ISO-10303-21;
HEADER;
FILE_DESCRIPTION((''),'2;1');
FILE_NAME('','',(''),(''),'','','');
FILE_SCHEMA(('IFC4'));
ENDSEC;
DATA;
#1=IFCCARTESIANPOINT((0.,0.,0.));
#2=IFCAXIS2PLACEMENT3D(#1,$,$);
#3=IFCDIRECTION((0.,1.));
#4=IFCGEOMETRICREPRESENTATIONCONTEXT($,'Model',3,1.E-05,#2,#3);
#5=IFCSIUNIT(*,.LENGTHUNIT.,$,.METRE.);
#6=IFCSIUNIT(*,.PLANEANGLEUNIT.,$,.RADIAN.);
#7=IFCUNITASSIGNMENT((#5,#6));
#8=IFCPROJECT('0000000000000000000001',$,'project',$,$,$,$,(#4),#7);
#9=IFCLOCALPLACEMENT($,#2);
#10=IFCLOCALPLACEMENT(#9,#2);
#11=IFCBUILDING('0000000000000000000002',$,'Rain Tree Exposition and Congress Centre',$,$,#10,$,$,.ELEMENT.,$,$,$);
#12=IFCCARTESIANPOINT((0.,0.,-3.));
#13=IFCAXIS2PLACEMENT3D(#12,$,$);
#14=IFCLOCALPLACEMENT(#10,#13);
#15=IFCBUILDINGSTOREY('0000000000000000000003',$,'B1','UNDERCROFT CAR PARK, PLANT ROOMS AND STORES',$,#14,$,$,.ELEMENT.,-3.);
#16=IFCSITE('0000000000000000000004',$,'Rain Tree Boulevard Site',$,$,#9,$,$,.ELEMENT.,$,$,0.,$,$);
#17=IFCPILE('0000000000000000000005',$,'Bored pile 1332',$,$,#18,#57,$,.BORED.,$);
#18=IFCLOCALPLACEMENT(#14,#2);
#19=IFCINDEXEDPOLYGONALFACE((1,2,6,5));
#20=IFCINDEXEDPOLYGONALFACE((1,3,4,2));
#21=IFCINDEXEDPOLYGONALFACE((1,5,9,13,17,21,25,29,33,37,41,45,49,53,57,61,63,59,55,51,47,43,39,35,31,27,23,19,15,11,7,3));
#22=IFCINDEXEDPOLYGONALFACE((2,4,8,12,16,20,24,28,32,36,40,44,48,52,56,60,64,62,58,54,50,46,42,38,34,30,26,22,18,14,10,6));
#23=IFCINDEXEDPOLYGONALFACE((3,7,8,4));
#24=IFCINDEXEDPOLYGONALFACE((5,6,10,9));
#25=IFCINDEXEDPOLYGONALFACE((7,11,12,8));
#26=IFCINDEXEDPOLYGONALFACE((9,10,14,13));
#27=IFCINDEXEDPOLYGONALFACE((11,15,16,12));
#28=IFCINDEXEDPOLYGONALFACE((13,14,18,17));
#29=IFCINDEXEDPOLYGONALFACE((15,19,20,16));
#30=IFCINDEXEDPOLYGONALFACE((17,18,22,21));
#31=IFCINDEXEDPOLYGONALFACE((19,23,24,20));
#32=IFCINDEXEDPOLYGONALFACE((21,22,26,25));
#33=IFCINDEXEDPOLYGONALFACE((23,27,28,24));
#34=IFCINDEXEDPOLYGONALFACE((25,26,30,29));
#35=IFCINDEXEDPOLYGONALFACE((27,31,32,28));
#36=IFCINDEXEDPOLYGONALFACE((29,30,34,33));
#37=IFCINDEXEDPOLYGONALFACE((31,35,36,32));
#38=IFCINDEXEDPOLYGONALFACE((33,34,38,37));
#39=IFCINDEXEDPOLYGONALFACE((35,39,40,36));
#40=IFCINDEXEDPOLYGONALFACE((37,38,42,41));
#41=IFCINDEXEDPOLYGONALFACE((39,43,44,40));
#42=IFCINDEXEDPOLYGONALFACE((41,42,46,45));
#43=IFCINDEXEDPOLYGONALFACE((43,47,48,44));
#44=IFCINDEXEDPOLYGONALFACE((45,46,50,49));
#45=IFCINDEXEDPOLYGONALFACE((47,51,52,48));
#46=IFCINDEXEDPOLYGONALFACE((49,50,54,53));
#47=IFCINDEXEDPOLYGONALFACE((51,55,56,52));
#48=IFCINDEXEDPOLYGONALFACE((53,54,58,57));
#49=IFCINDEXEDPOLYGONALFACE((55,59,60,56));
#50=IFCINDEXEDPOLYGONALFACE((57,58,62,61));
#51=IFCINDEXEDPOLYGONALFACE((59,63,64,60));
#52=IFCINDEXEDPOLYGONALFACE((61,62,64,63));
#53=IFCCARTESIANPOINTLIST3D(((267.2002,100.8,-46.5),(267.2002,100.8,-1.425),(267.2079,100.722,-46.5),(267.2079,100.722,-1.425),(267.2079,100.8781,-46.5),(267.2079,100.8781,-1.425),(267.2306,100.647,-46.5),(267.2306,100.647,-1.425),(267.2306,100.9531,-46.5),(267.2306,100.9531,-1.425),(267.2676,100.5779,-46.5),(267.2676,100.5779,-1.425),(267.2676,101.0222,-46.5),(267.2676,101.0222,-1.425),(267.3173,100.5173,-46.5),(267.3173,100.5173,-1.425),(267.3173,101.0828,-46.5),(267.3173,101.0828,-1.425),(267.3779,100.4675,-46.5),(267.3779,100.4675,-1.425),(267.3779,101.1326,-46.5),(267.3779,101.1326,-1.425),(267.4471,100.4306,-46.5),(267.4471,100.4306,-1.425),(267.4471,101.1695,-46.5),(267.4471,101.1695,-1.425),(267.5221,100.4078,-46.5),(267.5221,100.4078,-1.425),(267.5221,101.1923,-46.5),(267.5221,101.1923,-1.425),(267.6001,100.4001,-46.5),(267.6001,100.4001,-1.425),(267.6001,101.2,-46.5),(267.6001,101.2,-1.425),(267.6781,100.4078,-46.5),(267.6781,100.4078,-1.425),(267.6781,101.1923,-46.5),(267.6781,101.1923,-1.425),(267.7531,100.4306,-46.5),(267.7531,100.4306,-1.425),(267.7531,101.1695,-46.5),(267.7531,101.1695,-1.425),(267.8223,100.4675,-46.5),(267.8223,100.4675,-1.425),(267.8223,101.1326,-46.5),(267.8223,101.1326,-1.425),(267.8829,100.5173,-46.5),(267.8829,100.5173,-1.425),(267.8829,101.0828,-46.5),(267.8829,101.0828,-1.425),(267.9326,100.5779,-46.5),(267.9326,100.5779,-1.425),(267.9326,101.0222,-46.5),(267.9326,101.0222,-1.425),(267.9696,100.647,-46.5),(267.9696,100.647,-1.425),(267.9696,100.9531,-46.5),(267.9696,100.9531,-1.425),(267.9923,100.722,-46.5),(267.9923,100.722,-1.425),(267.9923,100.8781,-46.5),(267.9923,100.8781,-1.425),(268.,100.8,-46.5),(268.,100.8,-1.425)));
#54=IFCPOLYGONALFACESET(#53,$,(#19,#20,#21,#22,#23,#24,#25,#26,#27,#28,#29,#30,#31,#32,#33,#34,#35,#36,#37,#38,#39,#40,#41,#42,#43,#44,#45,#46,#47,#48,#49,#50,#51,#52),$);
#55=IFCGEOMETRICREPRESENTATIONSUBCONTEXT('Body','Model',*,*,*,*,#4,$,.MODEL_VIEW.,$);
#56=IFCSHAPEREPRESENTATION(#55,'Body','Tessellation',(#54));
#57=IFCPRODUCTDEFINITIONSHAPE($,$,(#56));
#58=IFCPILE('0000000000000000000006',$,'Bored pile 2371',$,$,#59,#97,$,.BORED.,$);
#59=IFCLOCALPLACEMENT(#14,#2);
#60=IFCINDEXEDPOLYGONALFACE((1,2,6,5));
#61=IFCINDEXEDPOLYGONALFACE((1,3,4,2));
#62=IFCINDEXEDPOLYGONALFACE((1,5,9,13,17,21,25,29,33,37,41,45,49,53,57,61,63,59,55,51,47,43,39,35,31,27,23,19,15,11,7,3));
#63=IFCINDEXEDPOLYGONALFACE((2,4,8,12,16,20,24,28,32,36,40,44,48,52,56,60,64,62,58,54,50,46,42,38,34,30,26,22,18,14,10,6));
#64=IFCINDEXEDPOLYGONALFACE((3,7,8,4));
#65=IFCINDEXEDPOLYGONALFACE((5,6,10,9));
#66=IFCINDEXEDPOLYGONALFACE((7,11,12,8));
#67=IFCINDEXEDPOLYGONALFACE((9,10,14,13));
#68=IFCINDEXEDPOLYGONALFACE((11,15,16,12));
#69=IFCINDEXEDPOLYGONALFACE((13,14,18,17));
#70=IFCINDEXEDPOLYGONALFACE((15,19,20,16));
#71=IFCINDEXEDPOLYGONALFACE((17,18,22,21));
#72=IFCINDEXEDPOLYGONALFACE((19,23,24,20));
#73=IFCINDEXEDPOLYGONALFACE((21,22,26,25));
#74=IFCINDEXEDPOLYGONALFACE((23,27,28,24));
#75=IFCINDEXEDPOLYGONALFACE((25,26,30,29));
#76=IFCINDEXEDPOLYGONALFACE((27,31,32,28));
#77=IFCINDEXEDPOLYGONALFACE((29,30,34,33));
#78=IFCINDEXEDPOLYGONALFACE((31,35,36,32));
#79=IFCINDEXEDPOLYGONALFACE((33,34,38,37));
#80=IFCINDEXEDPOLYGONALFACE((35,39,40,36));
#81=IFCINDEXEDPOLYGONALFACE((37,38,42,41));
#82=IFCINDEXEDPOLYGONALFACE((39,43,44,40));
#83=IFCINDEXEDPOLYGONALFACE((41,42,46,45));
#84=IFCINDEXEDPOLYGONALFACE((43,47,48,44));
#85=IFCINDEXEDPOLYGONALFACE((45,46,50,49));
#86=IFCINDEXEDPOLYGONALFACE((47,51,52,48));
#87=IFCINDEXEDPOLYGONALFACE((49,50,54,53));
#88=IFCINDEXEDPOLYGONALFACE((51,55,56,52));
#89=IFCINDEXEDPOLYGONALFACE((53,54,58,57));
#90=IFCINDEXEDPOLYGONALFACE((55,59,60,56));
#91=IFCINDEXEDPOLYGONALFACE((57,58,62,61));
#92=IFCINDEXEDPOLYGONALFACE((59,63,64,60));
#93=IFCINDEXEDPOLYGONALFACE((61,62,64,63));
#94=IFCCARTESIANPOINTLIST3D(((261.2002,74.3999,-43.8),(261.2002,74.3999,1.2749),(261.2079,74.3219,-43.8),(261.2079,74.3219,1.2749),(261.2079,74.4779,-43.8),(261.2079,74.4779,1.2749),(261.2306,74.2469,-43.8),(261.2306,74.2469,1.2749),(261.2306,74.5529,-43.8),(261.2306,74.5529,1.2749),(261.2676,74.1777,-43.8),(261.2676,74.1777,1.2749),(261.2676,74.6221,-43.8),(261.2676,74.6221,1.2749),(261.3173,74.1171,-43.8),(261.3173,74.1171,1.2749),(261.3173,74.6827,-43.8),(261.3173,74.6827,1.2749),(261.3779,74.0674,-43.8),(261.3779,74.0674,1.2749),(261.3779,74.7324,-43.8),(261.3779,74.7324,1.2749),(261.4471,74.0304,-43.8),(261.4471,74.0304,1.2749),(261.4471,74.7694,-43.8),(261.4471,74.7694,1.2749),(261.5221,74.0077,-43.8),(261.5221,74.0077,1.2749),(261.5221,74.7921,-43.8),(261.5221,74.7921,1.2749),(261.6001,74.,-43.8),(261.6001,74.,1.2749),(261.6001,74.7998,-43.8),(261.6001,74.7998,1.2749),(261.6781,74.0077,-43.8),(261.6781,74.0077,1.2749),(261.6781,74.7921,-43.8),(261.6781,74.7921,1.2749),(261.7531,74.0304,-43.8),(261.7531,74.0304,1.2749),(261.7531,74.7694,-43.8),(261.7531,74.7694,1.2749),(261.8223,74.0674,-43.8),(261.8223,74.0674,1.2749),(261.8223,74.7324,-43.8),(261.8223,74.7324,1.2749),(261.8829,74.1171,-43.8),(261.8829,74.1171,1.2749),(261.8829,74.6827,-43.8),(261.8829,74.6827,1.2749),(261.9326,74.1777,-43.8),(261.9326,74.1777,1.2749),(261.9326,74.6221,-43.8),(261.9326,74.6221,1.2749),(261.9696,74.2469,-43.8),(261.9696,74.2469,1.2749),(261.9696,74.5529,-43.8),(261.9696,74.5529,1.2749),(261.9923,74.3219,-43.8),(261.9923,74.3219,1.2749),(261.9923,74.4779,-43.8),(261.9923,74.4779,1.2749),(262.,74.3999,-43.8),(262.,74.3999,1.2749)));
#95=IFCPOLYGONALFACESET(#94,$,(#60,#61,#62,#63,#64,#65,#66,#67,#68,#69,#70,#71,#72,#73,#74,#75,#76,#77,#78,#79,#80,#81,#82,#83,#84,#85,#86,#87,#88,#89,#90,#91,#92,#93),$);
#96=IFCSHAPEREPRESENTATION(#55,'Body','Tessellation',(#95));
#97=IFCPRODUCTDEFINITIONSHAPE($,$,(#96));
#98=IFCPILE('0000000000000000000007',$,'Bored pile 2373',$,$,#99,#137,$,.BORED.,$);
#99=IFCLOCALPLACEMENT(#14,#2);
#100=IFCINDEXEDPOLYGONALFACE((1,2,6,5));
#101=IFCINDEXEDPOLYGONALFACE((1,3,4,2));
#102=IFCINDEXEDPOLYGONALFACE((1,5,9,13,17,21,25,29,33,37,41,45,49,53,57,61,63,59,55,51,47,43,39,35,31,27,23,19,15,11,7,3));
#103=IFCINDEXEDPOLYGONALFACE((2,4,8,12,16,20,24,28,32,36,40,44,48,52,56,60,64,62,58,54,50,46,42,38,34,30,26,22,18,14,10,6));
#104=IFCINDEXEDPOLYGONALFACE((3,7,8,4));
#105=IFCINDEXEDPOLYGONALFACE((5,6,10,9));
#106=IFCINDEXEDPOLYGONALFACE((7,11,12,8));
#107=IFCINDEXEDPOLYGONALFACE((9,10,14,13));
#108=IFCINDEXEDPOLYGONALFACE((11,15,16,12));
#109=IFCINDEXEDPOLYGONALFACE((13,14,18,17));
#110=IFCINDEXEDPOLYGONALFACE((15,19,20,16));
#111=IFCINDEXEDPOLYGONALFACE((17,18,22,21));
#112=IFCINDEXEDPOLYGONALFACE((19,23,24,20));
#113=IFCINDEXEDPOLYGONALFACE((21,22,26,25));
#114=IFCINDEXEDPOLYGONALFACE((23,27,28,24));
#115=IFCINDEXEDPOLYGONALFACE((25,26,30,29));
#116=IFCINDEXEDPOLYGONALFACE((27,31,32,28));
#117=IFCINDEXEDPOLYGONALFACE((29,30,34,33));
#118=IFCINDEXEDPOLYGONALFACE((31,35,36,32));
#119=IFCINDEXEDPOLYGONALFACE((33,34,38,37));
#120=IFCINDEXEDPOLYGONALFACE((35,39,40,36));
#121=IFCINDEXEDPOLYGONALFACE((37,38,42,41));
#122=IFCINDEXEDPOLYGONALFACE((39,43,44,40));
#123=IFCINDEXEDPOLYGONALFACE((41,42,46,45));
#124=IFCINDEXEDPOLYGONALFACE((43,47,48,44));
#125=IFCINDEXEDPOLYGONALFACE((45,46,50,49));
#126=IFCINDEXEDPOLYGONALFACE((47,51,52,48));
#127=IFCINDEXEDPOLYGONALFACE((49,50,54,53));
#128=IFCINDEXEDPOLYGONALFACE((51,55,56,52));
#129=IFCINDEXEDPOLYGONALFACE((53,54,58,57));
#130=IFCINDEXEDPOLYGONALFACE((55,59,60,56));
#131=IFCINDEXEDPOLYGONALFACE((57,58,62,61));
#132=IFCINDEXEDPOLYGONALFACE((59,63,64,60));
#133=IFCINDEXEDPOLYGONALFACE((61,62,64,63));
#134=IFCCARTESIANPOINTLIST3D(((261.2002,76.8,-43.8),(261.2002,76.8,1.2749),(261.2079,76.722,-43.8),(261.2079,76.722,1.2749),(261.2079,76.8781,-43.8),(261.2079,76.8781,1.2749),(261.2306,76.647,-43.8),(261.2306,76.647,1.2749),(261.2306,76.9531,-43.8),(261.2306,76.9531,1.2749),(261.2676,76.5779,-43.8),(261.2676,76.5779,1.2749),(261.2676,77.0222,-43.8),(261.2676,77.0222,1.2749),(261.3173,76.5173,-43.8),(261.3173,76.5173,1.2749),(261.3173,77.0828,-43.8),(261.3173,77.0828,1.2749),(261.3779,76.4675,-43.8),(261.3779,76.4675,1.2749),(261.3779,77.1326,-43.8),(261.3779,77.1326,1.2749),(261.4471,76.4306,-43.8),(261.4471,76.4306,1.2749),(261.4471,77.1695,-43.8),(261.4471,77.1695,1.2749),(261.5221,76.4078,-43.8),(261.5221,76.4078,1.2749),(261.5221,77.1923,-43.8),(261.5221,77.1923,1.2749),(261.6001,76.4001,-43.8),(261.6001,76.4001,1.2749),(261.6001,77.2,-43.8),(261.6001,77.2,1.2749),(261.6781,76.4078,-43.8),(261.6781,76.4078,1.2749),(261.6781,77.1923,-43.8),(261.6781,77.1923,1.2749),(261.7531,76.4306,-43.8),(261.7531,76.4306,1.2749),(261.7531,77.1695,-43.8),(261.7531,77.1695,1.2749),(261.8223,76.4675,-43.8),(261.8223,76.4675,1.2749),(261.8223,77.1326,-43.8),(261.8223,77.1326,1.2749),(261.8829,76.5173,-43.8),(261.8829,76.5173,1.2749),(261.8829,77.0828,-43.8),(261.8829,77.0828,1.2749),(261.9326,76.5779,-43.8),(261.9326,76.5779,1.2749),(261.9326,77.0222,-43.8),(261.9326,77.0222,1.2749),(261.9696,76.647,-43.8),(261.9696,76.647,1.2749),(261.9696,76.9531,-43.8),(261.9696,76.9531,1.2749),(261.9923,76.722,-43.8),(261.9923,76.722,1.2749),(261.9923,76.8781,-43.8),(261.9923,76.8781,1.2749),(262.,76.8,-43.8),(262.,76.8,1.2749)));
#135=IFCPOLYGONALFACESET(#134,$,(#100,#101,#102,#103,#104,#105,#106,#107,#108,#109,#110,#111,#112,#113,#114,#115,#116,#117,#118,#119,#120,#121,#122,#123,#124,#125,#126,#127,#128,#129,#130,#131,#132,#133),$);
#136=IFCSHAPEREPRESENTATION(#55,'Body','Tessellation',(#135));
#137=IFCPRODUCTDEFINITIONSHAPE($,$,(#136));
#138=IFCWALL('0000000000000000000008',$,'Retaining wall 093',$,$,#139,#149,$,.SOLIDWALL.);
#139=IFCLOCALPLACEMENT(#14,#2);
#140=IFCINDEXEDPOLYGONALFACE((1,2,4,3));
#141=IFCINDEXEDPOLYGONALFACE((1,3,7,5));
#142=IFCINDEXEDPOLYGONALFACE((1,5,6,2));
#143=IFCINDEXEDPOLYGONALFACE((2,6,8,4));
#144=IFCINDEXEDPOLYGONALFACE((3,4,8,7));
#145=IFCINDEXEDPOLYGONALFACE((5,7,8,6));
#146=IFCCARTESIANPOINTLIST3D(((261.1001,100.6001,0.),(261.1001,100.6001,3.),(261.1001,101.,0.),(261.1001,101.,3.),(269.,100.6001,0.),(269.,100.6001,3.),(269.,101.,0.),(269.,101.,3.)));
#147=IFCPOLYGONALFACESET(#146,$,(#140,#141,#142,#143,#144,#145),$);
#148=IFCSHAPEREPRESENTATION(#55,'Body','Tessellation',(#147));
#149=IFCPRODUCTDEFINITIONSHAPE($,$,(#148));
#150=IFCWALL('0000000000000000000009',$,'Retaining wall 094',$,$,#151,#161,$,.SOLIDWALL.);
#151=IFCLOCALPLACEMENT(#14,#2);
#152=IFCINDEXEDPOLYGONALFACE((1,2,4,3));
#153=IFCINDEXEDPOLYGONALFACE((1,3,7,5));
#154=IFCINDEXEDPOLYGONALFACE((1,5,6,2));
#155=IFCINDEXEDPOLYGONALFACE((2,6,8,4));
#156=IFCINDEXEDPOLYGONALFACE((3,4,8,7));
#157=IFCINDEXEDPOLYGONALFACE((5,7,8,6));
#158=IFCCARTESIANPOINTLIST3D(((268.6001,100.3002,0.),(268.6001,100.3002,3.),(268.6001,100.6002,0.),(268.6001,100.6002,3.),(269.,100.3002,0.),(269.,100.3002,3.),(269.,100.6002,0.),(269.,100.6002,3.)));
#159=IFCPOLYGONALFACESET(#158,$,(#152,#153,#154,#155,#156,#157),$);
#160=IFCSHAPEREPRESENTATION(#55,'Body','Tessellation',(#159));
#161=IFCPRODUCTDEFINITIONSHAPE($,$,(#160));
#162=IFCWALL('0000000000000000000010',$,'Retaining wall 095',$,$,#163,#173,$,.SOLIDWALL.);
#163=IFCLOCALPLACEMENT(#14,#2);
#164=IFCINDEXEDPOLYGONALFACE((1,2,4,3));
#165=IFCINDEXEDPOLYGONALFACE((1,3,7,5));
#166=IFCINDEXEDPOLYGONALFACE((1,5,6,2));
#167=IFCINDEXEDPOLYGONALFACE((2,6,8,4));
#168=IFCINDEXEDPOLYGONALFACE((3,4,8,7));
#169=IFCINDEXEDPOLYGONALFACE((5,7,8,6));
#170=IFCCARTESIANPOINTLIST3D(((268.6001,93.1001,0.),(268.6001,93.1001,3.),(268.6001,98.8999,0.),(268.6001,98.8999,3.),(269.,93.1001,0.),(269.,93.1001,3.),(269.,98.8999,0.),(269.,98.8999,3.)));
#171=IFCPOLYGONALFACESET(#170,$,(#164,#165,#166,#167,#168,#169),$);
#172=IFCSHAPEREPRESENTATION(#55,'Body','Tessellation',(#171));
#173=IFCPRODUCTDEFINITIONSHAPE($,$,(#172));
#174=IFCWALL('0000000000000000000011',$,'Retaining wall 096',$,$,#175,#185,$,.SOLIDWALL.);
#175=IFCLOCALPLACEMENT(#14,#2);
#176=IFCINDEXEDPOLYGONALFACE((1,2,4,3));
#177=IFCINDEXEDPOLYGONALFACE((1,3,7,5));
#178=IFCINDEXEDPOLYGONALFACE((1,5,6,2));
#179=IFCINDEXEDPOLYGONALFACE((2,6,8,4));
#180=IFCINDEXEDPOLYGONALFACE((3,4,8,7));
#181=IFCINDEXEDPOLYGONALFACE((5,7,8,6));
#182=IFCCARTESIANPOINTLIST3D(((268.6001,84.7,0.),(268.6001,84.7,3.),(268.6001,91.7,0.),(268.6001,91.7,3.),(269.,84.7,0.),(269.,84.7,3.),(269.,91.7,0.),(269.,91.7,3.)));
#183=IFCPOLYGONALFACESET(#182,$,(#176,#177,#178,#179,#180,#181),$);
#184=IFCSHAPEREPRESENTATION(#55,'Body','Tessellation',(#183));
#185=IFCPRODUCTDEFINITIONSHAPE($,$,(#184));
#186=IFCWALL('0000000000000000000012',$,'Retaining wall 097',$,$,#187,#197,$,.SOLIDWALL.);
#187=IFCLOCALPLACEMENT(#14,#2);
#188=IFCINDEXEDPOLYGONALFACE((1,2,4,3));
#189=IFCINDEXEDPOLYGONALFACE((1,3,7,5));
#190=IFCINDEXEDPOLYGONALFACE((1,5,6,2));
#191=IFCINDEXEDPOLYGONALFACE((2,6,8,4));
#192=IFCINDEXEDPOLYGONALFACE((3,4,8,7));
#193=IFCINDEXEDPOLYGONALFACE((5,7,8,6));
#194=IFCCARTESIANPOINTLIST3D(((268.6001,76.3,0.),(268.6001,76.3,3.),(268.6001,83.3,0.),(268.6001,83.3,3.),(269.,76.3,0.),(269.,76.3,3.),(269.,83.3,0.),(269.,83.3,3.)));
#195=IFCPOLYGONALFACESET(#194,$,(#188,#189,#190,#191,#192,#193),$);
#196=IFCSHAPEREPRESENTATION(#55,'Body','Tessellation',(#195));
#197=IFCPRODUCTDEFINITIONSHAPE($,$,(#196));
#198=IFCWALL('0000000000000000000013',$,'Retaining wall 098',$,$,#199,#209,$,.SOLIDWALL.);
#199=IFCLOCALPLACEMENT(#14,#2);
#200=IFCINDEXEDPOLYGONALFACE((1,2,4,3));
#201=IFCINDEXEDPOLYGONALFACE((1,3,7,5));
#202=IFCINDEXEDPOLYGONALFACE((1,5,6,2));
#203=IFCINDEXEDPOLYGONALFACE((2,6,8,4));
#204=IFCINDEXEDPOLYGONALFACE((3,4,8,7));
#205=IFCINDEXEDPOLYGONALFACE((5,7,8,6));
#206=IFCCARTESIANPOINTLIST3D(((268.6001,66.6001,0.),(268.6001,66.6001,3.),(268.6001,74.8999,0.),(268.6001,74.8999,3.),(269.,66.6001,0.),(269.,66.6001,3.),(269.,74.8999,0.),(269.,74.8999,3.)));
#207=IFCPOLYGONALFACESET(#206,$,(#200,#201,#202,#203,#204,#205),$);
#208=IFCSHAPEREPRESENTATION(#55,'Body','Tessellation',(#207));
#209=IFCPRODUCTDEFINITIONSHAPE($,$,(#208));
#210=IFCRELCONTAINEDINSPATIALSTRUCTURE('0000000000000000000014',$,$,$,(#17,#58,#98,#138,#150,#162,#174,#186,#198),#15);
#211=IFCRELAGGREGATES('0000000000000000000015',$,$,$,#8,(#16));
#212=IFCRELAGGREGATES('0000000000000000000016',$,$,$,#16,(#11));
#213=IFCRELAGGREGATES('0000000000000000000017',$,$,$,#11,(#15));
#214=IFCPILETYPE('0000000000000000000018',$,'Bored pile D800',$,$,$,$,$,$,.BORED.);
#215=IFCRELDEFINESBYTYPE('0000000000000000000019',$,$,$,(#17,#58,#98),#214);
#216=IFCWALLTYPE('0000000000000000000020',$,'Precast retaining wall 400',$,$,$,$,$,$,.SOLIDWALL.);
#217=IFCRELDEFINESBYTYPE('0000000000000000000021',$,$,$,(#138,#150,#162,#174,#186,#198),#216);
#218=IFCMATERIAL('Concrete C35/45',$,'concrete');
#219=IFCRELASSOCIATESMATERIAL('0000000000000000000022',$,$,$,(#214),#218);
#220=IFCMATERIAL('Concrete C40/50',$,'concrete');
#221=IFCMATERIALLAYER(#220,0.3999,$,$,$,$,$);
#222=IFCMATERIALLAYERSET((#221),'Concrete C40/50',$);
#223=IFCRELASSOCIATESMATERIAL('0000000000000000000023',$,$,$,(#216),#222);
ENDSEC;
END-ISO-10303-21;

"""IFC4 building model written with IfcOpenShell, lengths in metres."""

from ifc_helpers import new_model, si_unit, direction, frame, frame_2d, origin, origin_2d, place, context, subcontext, project, spatial, rectangle, circle, extrude, material, layer, layer_set, material_profile, profile_set, type_object, element, save


model = new_model("IFC4")

# Units and contexts
model_context = context("Model", 3, precision=1e-05, world=origin(), true_north=direction((0.0, 1.0)))
body_context = subcontext(model_context, "Body", "Model", "MODEL_VIEW")
ifc_project = project(units=[si_unit("LENGTHUNIT", "METRE"), si_unit("PLANEANGLEUNIT", "RADIAN")], contexts=[model_context])

# Site, building, storey
site_placement = place(None, origin())
site = spatial("IfcSite", under=ifc_project, at=site_placement, Name="Rain Tree Boulevard Site", CompositionType="ELEMENT", RefElevation=0.0)
building_placement = place(site_placement, origin())
building = spatial("IfcBuilding", under=site, at=building_placement, Name="Rain Tree Exposition and Congress Centre", CompositionType="ELEMENT")
storey_placement = place(building_placement, frame((0.0, 0.0, -3.0)))
storey = spatial("IfcBuildingStorey", under=building, at=storey_placement, Name="B1", Description="UNDERCROFT CAR PARK, PLANT ROOMS AND STORES", CompositionType="ELEMENT", Elevation=-3.0)

# Piles
ifc_material_1 = material(Name="Concrete C35/45", Category="concrete")
ifc_material_profile_1 = material_profile(ifc_material_1, circle(Radius=0.3999, at=origin_2d()), Name="D800")
ifc_profile_set_1 = profile_set([ifc_material_profile_1], Name="Concrete C35/45")
pile_type_1 = type_object("IfcPileType", Name="Bored pile D800", PredefinedType="BORED", material=ifc_profile_set_1)
for number, where, z_axis, x_axis, name in (
    (1, (267.6001, 100.8, -1.425), (0.0, 0.0, -1.0), (1.0, 0.0, 0.0), "Bored pile 1332"),
    (2, (261.6001, 74.3999, 1.2749), (0.0, 0.0, -1.0), (1.0, 0.0, 0.0), "Bored pile 2371"),
    (3, (261.6001, 76.8, 1.2749), (0.0, 0.0, -1.0), (1.0, 0.0, 0.0), "Bored pile 2373"),
):
    element("IfcPile", number, at=place(storey_placement, frame(where, z_axis=z_axis, x_axis=x_axis)), inside=storey, type_object=pile_type_1, Name=name, PredefinedType="BORED", context=body_context, shape_type="SweptSolid", body=[
        extrude(circle(Radius=0.3999, at=origin_2d()), origin(), (0.0, 0.0, 1.0), 45.075),
    ])

# Walls
ifc_material_2 = material(Name="Concrete C40/50", Category="concrete")
ifc_layer = layer(ifc_material_2, 0.3999)
ifc_layer_set = layer_set([ifc_layer], Name="Concrete C40/50")
wall_type = type_object("IfcWallType", Name="Precast retaining wall 400", PredefinedType="SOLIDWALL", material=ifc_layer_set)
wall_1_placement = place(storey_placement, frame((261.1001, 100.8, 0.0), z_axis=(0.0, 0.0, 1.0), x_axis=(1.0, 0.0, 0.0)))
element("IfcWall", 4, at=wall_1_placement, inside=storey, type_object=wall_type, Name="Retaining wall 093", PredefinedType="SOLIDWALL", context=body_context, shape_type="SweptSolid", body=[
    extrude(rectangle(XDim=7.8999, YDim=0.3999, at=frame_2d((3.95, 0.0))), origin(), (0.0, 0.0, 1.0), 3.0),
])
wall_2_placement = place(storey_placement, frame((268.8, 100.6001, 0.0), z_axis=(0.0, 0.0, 1.0), x_axis=(0.0, -1.0, 0.0)))
element("IfcWall", 5, at=wall_2_placement, inside=storey, type_object=wall_type, Name="Retaining wall 094", PredefinedType="SOLIDWALL", context=body_context, shape_type="SweptSolid", body=[
    extrude(rectangle(XDim=0.3, YDim=0.3999, at=frame_2d((0.1499, 0.0))), origin(), (0.0, 0.0, 1.0), 3.0),
])
wall_3_placement = place(storey_placement, frame((268.8, 98.8999, 0.0), z_axis=(0.0, 0.0, 1.0), x_axis=(0.0, -1.0, 0.0)))
element("IfcWall", 6, at=wall_3_placement, inside=storey, type_object=wall_type, Name="Retaining wall 095", PredefinedType="SOLIDWALL", context=body_context, shape_type="SweptSolid", body=[
    extrude(rectangle(XDim=5.7998, YDim=0.3999, at=frame_2d((2.8999, 0.0))), origin(), (0.0, 0.0, 1.0), 3.0),
])
for number, where, z_axis, x_axis, name in (
    (7, (268.8, 91.7, 0.0), (0.0, 0.0, 1.0), (0.0, -1.0, 0.0), "Retaining wall 096"),
    (8, (268.8, 83.3, 0.0), (0.0, 0.0, 1.0), (0.0, -1.0, 0.0), "Retaining wall 097"),
):
    element("IfcWall", number, at=place(storey_placement, frame(where, z_axis=z_axis, x_axis=x_axis)), inside=storey, type_object=wall_type, Name=name, PredefinedType="SOLIDWALL", context=body_context, shape_type="SweptSolid", body=[
        extrude(rectangle(XDim=7.0, YDim=0.3999, at=frame_2d((3.5, 0.0))), origin(), (0.0, 0.0, 1.0), 3.0),
    ])
wall_4_placement = place(storey_placement, frame((268.8, 74.8999, 0.0), z_axis=(0.0, 0.0, 1.0), x_axis=(0.0, -1.0, 0.0)))
element("IfcWall", 9, at=wall_4_placement, inside=storey, type_object=wall_type, Name="Retaining wall 098", PredefinedType="SOLIDWALL", context=body_context, shape_type="SweptSolid", body=[
    extrude(rectangle(XDim=8.2998, YDim=0.3999, at=frame_2d((4.1499, 0.0))), origin(), (0.0, 0.0, 1.0), 3.0),
])

save(model, "model.ifc")
